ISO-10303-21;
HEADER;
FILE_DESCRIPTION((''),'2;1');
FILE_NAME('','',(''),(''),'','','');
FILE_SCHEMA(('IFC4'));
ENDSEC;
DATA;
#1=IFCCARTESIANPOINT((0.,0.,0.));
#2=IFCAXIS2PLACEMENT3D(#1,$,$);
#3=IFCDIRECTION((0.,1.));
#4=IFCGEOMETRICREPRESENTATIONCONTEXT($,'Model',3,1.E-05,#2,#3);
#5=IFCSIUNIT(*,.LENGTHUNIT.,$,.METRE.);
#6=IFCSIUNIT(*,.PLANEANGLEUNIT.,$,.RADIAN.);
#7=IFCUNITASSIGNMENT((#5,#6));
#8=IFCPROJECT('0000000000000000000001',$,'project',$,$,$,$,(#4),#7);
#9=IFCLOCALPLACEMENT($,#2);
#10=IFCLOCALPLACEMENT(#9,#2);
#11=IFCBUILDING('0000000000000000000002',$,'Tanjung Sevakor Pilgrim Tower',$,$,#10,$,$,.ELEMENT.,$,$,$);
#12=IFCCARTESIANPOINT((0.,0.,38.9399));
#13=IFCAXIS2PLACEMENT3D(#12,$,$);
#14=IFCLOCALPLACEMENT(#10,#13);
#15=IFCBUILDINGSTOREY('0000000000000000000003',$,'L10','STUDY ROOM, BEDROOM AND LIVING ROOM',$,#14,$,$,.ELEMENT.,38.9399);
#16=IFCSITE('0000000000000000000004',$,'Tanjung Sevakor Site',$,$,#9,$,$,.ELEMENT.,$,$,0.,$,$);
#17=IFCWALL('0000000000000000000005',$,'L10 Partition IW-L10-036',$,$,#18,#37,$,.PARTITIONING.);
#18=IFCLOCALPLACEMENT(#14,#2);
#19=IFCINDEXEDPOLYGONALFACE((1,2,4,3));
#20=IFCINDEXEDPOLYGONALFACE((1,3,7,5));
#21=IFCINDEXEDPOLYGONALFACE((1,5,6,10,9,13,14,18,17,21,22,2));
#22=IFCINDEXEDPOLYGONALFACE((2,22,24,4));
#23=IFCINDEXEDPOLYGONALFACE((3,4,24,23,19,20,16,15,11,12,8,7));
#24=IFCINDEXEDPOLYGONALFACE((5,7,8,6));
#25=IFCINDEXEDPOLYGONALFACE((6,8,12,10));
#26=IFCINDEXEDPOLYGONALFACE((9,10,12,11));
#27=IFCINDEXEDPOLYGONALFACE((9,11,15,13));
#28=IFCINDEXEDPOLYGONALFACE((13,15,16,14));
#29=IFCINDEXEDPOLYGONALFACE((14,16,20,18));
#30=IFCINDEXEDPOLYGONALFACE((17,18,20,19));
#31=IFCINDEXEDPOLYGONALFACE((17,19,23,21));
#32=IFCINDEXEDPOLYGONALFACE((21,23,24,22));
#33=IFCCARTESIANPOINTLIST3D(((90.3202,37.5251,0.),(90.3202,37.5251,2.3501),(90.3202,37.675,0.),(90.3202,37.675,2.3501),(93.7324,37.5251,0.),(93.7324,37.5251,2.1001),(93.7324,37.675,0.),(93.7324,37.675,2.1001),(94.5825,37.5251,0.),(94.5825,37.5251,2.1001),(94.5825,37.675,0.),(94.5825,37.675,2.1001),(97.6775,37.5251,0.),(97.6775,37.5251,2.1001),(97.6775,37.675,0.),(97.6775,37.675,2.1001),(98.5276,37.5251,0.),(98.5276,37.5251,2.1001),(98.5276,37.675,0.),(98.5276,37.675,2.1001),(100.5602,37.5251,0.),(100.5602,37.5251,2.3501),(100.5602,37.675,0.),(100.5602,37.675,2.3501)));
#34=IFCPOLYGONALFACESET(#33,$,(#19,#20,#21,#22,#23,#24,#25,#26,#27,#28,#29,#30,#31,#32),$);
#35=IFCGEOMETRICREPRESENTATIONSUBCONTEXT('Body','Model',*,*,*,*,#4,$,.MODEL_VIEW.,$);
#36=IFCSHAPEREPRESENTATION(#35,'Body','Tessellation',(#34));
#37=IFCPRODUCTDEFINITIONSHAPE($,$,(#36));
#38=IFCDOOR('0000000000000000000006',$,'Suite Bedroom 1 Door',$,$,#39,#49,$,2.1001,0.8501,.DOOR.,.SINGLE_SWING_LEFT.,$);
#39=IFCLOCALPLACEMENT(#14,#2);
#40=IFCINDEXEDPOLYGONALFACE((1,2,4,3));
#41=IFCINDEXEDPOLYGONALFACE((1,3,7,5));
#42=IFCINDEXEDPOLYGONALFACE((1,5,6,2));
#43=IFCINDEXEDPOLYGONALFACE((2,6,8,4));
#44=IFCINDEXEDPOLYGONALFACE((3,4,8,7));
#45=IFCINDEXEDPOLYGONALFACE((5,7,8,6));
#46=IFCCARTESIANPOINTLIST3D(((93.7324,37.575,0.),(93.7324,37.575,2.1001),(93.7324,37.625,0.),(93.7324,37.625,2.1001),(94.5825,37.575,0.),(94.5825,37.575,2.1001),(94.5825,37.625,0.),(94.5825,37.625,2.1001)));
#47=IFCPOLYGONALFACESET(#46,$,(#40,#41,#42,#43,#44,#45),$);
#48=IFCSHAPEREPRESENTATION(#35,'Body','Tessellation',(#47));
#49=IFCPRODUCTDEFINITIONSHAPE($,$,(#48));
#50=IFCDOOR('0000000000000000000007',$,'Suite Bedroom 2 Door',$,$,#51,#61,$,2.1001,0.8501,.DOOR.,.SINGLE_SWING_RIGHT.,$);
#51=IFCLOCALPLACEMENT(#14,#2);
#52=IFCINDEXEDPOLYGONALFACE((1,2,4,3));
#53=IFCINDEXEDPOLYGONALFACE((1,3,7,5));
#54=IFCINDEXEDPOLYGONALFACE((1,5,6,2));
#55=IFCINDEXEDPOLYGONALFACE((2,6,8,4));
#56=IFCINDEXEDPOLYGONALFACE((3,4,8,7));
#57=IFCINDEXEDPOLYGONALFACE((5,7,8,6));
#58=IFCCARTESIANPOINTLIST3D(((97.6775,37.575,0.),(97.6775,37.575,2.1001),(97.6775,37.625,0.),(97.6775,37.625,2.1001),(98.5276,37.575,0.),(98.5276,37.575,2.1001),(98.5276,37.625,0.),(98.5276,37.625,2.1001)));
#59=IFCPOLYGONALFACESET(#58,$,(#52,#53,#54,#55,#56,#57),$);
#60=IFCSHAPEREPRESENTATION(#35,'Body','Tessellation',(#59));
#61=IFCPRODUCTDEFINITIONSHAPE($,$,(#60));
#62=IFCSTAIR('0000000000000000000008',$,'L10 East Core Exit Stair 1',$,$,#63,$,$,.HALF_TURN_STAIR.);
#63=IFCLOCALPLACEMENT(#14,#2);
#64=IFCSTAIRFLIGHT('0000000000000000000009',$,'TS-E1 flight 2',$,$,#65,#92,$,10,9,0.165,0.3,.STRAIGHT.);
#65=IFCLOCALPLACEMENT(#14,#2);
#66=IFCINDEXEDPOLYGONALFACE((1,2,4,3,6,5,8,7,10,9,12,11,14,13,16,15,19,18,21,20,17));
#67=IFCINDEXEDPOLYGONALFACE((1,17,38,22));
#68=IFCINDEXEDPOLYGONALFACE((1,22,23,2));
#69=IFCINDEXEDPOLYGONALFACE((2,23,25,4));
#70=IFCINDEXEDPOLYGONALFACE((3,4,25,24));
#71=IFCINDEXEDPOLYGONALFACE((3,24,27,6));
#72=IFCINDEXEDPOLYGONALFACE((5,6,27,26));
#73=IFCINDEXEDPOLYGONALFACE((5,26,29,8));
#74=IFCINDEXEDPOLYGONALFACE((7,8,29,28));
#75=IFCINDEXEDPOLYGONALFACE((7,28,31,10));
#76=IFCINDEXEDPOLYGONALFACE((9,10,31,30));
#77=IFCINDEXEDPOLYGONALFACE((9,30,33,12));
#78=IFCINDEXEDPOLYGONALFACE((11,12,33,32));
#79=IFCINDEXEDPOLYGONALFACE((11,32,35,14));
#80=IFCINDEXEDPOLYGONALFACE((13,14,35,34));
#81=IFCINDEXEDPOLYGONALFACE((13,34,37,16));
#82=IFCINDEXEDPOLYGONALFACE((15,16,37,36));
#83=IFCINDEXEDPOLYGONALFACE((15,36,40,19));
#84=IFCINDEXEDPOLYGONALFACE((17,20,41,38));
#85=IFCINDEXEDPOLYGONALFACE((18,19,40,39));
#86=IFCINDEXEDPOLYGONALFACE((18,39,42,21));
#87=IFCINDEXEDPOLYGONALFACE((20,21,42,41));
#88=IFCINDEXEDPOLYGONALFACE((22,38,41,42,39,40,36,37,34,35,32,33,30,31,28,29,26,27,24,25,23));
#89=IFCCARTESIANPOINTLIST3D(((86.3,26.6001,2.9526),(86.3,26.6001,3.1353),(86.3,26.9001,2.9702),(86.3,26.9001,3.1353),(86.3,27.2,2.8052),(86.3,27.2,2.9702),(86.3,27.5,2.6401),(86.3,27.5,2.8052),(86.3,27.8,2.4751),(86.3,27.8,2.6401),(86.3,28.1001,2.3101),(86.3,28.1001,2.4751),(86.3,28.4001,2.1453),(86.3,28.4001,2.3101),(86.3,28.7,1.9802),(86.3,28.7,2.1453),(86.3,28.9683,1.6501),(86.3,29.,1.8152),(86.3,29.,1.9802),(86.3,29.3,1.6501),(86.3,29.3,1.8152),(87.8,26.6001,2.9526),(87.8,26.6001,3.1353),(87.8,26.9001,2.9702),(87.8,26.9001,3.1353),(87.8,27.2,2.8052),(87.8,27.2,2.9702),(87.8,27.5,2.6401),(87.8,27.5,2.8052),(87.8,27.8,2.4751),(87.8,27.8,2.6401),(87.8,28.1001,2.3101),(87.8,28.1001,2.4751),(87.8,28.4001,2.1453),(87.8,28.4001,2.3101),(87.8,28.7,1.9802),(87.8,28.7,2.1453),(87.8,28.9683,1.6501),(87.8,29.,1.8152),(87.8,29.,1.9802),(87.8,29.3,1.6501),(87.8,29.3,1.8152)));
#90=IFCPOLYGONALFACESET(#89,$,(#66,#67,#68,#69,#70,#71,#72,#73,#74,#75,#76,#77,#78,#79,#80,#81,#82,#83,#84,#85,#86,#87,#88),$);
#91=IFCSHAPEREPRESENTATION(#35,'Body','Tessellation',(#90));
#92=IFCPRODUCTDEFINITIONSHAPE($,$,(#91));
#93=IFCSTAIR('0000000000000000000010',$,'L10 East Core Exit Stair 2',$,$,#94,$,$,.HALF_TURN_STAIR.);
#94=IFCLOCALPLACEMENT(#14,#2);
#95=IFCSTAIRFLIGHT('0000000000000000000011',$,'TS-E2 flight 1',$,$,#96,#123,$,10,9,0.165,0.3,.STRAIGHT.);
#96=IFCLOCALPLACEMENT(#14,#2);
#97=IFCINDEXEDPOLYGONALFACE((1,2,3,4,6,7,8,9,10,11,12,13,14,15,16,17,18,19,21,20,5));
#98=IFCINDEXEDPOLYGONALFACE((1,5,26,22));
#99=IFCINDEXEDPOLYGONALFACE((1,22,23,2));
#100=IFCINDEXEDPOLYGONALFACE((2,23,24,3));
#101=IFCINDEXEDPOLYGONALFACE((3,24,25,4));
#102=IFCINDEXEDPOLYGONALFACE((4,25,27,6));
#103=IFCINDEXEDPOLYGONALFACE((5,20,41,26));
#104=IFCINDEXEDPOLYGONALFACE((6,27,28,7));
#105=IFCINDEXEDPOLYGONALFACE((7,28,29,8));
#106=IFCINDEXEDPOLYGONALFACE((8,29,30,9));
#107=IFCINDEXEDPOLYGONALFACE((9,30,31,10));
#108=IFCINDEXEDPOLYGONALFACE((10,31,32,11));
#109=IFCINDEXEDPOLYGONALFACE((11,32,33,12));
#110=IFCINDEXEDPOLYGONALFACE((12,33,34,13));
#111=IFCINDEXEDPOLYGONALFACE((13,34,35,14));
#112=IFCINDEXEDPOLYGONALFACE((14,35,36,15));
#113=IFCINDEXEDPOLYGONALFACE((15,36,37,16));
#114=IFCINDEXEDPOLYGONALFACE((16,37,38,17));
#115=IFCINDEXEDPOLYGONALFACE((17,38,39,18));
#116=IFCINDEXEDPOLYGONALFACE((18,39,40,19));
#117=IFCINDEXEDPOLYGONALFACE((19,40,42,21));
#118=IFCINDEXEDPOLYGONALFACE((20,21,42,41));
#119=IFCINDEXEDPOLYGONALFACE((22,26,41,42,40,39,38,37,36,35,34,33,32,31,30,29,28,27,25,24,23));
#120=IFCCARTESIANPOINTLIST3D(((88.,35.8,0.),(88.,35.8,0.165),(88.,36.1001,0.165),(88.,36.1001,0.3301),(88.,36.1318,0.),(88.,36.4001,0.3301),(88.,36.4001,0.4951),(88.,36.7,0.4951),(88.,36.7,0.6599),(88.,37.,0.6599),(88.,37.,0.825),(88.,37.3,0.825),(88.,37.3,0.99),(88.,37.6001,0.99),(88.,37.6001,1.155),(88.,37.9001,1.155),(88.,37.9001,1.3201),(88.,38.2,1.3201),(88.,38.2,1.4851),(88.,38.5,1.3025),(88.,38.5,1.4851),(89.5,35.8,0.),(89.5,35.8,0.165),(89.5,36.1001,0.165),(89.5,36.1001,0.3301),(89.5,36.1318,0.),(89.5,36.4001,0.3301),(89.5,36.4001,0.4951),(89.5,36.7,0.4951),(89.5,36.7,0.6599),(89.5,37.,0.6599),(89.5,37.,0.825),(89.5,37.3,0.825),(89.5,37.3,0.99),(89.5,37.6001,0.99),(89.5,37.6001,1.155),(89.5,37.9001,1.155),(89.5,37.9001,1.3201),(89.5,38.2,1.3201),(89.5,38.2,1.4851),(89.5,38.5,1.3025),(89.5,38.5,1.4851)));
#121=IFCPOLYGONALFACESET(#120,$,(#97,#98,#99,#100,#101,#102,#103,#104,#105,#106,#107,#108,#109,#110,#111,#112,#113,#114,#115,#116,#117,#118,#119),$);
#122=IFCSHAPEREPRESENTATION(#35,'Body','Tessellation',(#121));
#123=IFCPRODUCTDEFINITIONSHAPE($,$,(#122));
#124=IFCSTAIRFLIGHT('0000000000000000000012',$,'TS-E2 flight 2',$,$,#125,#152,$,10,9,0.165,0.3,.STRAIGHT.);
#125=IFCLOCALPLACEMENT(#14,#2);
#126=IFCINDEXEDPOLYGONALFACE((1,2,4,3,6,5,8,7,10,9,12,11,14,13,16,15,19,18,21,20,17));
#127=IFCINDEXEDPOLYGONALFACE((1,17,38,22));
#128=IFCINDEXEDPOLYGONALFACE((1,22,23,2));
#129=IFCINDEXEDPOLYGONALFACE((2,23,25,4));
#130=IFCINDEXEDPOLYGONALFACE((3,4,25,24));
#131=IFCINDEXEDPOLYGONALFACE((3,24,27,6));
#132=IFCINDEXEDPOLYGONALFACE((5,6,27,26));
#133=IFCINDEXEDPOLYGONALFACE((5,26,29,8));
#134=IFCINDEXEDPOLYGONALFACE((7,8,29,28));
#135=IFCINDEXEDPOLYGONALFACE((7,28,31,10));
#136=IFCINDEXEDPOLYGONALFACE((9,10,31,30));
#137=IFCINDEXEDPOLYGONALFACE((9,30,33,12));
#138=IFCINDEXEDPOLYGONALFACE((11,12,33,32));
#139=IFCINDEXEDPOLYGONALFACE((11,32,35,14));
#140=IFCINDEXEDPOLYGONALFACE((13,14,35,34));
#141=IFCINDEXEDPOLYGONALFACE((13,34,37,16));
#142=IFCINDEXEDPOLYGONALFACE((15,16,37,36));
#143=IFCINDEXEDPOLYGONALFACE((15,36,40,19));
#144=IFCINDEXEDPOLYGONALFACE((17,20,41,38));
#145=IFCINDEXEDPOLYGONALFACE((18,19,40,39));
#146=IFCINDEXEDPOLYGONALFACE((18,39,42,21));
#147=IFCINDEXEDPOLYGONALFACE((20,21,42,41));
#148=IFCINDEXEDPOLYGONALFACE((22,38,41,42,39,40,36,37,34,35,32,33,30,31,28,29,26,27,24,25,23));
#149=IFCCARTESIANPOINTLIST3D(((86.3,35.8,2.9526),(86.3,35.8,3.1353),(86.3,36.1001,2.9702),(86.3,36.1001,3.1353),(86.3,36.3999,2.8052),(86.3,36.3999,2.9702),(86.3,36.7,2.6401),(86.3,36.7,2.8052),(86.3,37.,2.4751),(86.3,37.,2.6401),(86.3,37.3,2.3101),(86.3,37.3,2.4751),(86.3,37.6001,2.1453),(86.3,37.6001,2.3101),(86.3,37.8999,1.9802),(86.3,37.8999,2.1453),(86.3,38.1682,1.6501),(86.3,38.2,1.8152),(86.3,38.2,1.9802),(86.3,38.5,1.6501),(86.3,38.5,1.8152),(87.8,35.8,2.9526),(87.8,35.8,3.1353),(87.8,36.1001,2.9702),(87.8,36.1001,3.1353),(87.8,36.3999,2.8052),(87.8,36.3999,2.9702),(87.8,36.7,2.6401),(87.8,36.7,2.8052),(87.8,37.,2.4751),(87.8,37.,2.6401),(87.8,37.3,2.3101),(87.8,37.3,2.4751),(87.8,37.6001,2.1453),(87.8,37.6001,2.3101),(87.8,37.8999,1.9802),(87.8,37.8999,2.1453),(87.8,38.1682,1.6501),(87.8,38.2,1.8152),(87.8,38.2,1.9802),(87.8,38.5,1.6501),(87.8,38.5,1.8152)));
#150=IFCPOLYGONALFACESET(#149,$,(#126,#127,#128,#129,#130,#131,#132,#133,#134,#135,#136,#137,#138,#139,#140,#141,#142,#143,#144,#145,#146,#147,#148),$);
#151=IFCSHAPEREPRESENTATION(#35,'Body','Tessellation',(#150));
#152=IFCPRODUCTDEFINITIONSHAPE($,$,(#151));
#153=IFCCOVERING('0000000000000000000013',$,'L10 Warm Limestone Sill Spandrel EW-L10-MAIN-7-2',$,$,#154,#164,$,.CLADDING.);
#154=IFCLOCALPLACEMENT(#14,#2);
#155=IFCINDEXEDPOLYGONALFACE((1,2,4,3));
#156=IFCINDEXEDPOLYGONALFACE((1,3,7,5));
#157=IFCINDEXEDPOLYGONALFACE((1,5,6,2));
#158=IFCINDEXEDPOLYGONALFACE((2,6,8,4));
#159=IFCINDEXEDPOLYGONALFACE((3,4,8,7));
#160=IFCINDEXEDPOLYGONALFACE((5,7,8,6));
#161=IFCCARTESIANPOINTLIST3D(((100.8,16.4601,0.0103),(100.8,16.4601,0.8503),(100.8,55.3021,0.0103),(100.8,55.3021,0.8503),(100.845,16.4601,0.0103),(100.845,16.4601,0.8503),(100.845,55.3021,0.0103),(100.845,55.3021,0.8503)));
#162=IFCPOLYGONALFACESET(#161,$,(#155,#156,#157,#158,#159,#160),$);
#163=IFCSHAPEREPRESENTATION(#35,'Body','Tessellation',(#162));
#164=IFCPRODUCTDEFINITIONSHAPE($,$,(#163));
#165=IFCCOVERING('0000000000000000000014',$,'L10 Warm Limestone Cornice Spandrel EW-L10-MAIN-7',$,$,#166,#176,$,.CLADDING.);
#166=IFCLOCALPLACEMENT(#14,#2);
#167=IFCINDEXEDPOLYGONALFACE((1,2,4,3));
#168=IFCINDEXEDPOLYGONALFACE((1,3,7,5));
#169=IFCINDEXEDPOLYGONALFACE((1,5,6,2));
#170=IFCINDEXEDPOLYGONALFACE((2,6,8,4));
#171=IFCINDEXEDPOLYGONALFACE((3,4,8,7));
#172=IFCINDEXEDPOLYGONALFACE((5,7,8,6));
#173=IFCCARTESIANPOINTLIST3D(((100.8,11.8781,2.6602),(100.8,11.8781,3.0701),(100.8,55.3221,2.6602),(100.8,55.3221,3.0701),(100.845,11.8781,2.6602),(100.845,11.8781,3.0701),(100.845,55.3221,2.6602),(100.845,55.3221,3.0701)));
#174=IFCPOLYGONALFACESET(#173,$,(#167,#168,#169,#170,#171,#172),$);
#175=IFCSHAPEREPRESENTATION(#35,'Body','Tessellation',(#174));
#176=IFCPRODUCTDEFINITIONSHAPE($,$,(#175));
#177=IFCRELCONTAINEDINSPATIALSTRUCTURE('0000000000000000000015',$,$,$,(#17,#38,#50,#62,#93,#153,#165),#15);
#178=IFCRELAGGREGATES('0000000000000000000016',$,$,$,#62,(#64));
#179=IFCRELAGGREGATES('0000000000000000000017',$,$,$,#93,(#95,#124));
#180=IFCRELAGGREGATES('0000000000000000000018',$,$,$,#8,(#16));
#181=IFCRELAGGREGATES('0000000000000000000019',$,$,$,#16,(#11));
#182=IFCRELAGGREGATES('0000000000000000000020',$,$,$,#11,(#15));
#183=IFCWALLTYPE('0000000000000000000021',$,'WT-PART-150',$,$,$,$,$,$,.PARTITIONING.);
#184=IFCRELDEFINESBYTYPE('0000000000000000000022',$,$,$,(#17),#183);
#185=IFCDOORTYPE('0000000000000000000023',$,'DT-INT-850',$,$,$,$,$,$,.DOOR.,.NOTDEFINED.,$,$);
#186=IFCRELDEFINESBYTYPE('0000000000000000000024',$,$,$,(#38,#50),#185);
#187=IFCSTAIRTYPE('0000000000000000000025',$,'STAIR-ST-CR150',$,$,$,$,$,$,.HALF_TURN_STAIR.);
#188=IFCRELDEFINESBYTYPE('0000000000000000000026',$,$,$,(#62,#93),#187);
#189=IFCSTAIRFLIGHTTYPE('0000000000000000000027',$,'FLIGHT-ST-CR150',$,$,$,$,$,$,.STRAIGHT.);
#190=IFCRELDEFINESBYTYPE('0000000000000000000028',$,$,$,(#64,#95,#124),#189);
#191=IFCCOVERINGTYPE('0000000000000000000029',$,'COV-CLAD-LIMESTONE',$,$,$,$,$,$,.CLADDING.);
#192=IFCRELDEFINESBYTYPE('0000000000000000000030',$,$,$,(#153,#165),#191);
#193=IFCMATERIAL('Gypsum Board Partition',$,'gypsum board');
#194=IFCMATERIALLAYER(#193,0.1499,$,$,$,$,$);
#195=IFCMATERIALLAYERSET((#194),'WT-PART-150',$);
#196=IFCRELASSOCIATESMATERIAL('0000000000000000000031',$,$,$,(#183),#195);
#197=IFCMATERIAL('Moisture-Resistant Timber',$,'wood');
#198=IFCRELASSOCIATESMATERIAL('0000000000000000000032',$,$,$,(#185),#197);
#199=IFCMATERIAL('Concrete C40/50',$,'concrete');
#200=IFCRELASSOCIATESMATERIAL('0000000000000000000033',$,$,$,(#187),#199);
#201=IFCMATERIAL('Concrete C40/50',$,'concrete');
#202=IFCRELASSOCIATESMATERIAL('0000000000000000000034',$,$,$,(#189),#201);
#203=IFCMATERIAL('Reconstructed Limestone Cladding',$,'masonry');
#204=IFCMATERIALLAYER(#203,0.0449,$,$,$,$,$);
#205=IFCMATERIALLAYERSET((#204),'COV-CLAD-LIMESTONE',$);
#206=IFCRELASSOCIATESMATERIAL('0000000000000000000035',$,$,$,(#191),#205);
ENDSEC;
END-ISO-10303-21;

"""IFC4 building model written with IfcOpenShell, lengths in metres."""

from ifc_helpers import new_model, si_unit, direction, frame, frame_2d, origin, origin_2d, place, context, subcontext, project, spatial, polyline, rectangle, outline, extrude, material, layer, layer_set, type_object, element, fill, aggregate, save


model = new_model("IFC4")

# Units and contexts
model_context = context("Model", 3, precision=1e-05, world=origin(), true_north=direction((0.0, 1.0)))
body_context = subcontext(model_context, "Body", "Model", "MODEL_VIEW")
ifc_project = project(units=[si_unit("LENGTHUNIT", "METRE"), si_unit("PLANEANGLEUNIT", "RADIAN")], contexts=[model_context])

# Site, building, storey
site_placement = place(None, origin())
site = spatial("IfcSite", under=ifc_project, at=site_placement, Name="Tanjung Sevakor Site", CompositionType="ELEMENT", RefElevation=0.0)
building_placement = place(site_placement, origin())
building = spatial("IfcBuilding", under=site, at=building_placement, Name="Tanjung Sevakor Pilgrim Tower", CompositionType="ELEMENT")
storey_placement = place(building_placement, frame((0.0, 0.0, 38.9399)))
storey = spatial("IfcBuildingStorey", under=building, at=storey_placement, Name="L10", Description="STUDY ROOM, BEDROOM AND LIVING ROOM", CompositionType="ELEMENT", Elevation=38.9399)

# Shared definitions
ifc_material_1 = material(Name="Gypsum Board Partition", Category="gypsum board")
ifc_layer_1 = layer(ifc_material_1, 0.1499)
ifc_layer_set_1 = layer_set([ifc_layer_1], Name="WT-PART-150")
wall_type_1 = type_object("IfcWallType", Name="WT-PART-150", PredefinedType="PARTITIONING", material=ifc_layer_set_1)

# Wall, openings, doors
wall_1_placement = place(storey_placement, frame((90.3201, 37.6001, 0.0), z_axis=(0.0, 0.0, 1.0), x_axis=(1.0, 0.0, 0.0)))
wall_1 = element("IfcWall", 1, at=wall_1_placement, inside=storey, type_object=wall_type_1, Name="L10 Partition IW-L10-036", PredefinedType="PARTITIONING", context=body_context, shape_type="SweptSolid", body=[
    extrude(rectangle(XDim=10.24, YDim=0.1499, at=frame_2d((5.1201, 0.0))), origin(), (0.0, 0.0, 1.0), 2.3501),
])
opening_1_placement = place(wall_1_placement, frame((3.4124, 0.0, 0.0)))
opening_1 = element("IfcOpeningElement", 2, at=opening_1_placement, cuts=wall_1, PredefinedType="OPENING", context=body_context, shape_type="SweptSolid", body=[
    extrude(rectangle(XDim=0.8501, YDim=2.1001, at=frame_2d((0.425, 1.05))), frame((0.0, 0.085, 0.0), z_axis=(0.0, -1.0, 0.0), x_axis=(1.0, 0.0, 0.0)), (0.0, 0.0, 1.0), 0.1699),
])
opening_2_placement = place(wall_1_placement, frame((7.3574, 0.0, 0.0)))
opening_2 = element("IfcOpeningElement", 3, at=opening_2_placement, cuts=wall_1, PredefinedType="OPENING", context=body_context, shape_type="SweptSolid", body=[
    extrude(rectangle(XDim=0.8501, YDim=2.1001, at=frame_2d((0.425, 1.05))), frame((0.0, 0.085, 0.0), z_axis=(0.0, -1.0, 0.0), x_axis=(1.0, 0.0, 0.0)), (0.0, 0.0, 1.0), 0.1699),
])
ifc_material_2 = material(Name="Moisture-Resistant Timber", Category="wood")
door_type = type_object("IfcDoorType", Name="DT-INT-850", OperationType="NOTDEFINED", PredefinedType="DOOR", material=ifc_material_2)
door_1_placement = place(opening_1_placement, origin())
door_1 = element("IfcDoor", 4, at=door_1_placement, inside=storey, type_object=door_type, Name="Suite Bedroom 1 Door", OperationType="SINGLE_SWING_LEFT", OverallHeight=2.1001, OverallWidth=0.8501, PredefinedType="DOOR", context=body_context, shape_type="SweptSolid", body=[
    extrude(rectangle(XDim=0.8501, YDim=2.1001, at=frame_2d((0.425, 1.05))), frame((0.0, 0.0249, 0.0), z_axis=(0.0, -1.0, 0.0), x_axis=(1.0, 0.0, 0.0)), (0.0, 0.0, 1.0), 0.05),
])
fill(opening_1, door_1)
door_2_placement = place(opening_2_placement, origin())
door_2 = element("IfcDoor", 5, at=door_2_placement, inside=storey, type_object=door_type, Name="Suite Bedroom 2 Door", OperationType="SINGLE_SWING_RIGHT", OverallHeight=2.1001, OverallWidth=0.8501, PredefinedType="DOOR", context=body_context, shape_type="SweptSolid", body=[
    extrude(rectangle(XDim=0.8501, YDim=2.1001, at=frame_2d((0.425, 1.05))), frame((0.0, 0.0249, 0.0), z_axis=(0.0, -1.0, 0.0), x_axis=(1.0, 0.0, 0.0)), (0.0, 0.0, 1.0), 0.05),
])
fill(opening_2, door_2)

# Stair, stair flight
ifc_material_3 = material(Name="Concrete C40/50", Category="concrete")
stair_type = type_object("IfcStairType", Name="STAIR-ST-CR150", PredefinedType="HALF_TURN_STAIR", material=ifc_material_3)
stair_1_placement = place(storey_placement, origin())
stair_1 = element("IfcStair", 6, at=stair_1_placement, inside=storey, type_object=stair_type, Name="L10 East Core Exit Stair 1", PredefinedType="HALF_TURN_STAIR")
ifc_material_4 = material(Name="Concrete C40/50", Category="concrete")
stair_flight_type = type_object("IfcStairFlightType", Name="FLIGHT-ST-CR150", PredefinedType="STRAIGHT", material=ifc_material_4)
stair_flight_1_placement = place(storey_placement, frame((87.05, 29.3, 1.6501), z_axis=(0.0, 0.0, 1.0), x_axis=(0.0, -1.0, 0.0)))
stair_flight_1 = element("IfcStairFlight", 7, at=stair_flight_1_placement, type_object=stair_flight_type, Name="TS-E1 flight 2", NumberOfRisers=10, NumberOfTreads=9, PredefinedType="STRAIGHT", RiserHeight=0.165, TreadLength=0.3, context=body_context, shape_type="SweptSolid", body=[
    extrude(outline(polyline([(0.0, 0.0), (0.0, 0.165), (0.3, 0.165), (0.3, 0.3301), (0.6001, 0.3301), (0.6001, 0.4951), (0.8999, 0.4951), (0.8999, 0.6599), (1.2, 0.6599), (1.2, 0.825), (1.5, 0.825), (1.5, 0.99), (1.8, 0.99), (1.8, 1.155), (2.1001, 1.155), (2.1001, 1.3201), (2.3999, 1.3201), (2.3999, 1.4851), (2.7, 1.4851), (2.7, 1.6499), (2.7, 1.3025), (0.3318, 0.0), (0.0, 0.0)])), frame((0.0, 0.75, 0.0), z_axis=(0.0, -1.0, 0.0), x_axis=(1.0, 0.0, 0.0)), (0.0, 0.0, 1.0), 1.5),
])
aggregate(stair_1, [stair_flight_1])

# Stair, stair flights
stair_2_placement = place(storey_placement, origin())
stair_2 = element("IfcStair", 8, at=stair_2_placement, inside=storey, type_object=stair_type, Name="L10 East Core Exit Stair 2", PredefinedType="HALF_TURN_STAIR")
stair_flight_2_placement = place(storey_placement, frame((88.75, 35.8, 0.0), z_axis=(0.0, 0.0, 1.0), x_axis=(0.0, 1.0, 0.0)))
stair_flight_2 = element("IfcStairFlight", 9, at=stair_flight_2_placement, type_object=stair_flight_type, Name="TS-E2 flight 1", NumberOfRisers=10, NumberOfTreads=9, PredefinedType="STRAIGHT", RiserHeight=0.165, TreadLength=0.3, context=body_context, shape_type="SweptSolid", body=[
    extrude(outline(polyline([(0.0, 0.0), (0.0, 0.165), (0.3, 0.165), (0.3, 0.3301), (0.6001, 0.3301), (0.6001, 0.4951), (0.8999, 0.4951), (0.8999, 0.6599), (1.2, 0.6599), (1.2, 0.825), (1.5, 0.825), (1.5, 0.99), (1.8, 0.99), (1.8, 1.155), (2.1001, 1.155), (2.1001, 1.3201), (2.3999, 1.3201), (2.3999, 1.4851), (2.7, 1.4851), (2.7, 1.6499), (2.7, 1.3025), (0.3318, 0.0), (0.0, 0.0)])), frame((0.0, 0.75, 0.0), z_axis=(0.0, -1.0, 0.0), x_axis=(1.0, 0.0, 0.0)), (0.0, 0.0, 1.0), 1.5),
])
stair_flight_3_placement = place(storey_placement, frame((87.05, 38.5, 1.6501), z_axis=(0.0, 0.0, 1.0), x_axis=(0.0, -1.0, 0.0)))
stair_flight_3 = element("IfcStairFlight", 10, at=stair_flight_3_placement, type_object=stair_flight_type, Name="TS-E2 flight 2", NumberOfRisers=10, NumberOfTreads=9, PredefinedType="STRAIGHT", RiserHeight=0.165, TreadLength=0.3, context=body_context, shape_type="SweptSolid", body=[
    extrude(outline(polyline([(0.0, 0.0), (0.0, 0.165), (0.3, 0.165), (0.3, 0.3301), (0.6001, 0.3301), (0.6001, 0.4951), (0.8999, 0.4951), (0.8999, 0.6599), (1.2, 0.6599), (1.2, 0.825), (1.5, 0.825), (1.5, 0.99), (1.8, 0.99), (1.8, 1.155), (2.1001, 1.155), (2.1001, 1.3201), (2.3999, 1.3201), (2.3999, 1.4851), (2.7, 1.4851), (2.7, 1.6499), (2.7, 1.3025), (0.3318, 0.0), (0.0, 0.0)])), frame((0.0, 0.75, 0.0), z_axis=(0.0, -1.0, 0.0), x_axis=(1.0, 0.0, 0.0)), (0.0, 0.0, 1.0), 1.5),
])
aggregate(stair_2, [stair_flight_2, stair_flight_3])

# Coverings
ifc_material_5 = material(Name="Reconstructed Limestone Cladding", Category="masonry")
ifc_layer_2 = layer(ifc_material_5, 0.0449)
ifc_layer_set_2 = layer_set([ifc_layer_2], Name="COV-CLAD-LIMESTONE")
covering_type = type_object("IfcCoveringType", Name="COV-CLAD-LIMESTONE", PredefinedType="CLADDING", material=ifc_layer_set_2)
covering_1_placement = place(storey_placement, frame((100.8225, 35.8811, 0.0103), z_axis=(0.0, 0.0, 1.0), x_axis=(0.0, 1.0, 0.0)))
element("IfcCovering", 11, at=covering_1_placement, inside=storey, type_object=covering_type, Name="L10 Warm Limestone Sill Spandrel EW-L10-MAIN-7-2", PredefinedType="CLADDING", context=body_context, shape_type="SweptSolid", body=[
    extrude(rectangle(XDim=38.842, YDim=0.0449, at=origin_2d()), origin(), (0.0, 0.0, 1.0), 0.8401),
])
covering_2_placement = place(storey_placement, frame((100.8225, 33.6001, 2.6602), z_axis=(0.0, 0.0, 1.0), x_axis=(0.0, 1.0, 0.0)))
element("IfcCovering", 12, at=covering_2_placement, inside=storey, type_object=covering_type, Name="L10 Warm Limestone Cornice Spandrel EW-L10-MAIN-7", PredefinedType="CLADDING", context=body_context, shape_type="SweptSolid", body=[
    extrude(rectangle(XDim=43.4441, YDim=0.0449, at=origin_2d()), origin(), (0.0, 0.0, 1.0), 0.4099),
])

save(model, "model.ifc")
